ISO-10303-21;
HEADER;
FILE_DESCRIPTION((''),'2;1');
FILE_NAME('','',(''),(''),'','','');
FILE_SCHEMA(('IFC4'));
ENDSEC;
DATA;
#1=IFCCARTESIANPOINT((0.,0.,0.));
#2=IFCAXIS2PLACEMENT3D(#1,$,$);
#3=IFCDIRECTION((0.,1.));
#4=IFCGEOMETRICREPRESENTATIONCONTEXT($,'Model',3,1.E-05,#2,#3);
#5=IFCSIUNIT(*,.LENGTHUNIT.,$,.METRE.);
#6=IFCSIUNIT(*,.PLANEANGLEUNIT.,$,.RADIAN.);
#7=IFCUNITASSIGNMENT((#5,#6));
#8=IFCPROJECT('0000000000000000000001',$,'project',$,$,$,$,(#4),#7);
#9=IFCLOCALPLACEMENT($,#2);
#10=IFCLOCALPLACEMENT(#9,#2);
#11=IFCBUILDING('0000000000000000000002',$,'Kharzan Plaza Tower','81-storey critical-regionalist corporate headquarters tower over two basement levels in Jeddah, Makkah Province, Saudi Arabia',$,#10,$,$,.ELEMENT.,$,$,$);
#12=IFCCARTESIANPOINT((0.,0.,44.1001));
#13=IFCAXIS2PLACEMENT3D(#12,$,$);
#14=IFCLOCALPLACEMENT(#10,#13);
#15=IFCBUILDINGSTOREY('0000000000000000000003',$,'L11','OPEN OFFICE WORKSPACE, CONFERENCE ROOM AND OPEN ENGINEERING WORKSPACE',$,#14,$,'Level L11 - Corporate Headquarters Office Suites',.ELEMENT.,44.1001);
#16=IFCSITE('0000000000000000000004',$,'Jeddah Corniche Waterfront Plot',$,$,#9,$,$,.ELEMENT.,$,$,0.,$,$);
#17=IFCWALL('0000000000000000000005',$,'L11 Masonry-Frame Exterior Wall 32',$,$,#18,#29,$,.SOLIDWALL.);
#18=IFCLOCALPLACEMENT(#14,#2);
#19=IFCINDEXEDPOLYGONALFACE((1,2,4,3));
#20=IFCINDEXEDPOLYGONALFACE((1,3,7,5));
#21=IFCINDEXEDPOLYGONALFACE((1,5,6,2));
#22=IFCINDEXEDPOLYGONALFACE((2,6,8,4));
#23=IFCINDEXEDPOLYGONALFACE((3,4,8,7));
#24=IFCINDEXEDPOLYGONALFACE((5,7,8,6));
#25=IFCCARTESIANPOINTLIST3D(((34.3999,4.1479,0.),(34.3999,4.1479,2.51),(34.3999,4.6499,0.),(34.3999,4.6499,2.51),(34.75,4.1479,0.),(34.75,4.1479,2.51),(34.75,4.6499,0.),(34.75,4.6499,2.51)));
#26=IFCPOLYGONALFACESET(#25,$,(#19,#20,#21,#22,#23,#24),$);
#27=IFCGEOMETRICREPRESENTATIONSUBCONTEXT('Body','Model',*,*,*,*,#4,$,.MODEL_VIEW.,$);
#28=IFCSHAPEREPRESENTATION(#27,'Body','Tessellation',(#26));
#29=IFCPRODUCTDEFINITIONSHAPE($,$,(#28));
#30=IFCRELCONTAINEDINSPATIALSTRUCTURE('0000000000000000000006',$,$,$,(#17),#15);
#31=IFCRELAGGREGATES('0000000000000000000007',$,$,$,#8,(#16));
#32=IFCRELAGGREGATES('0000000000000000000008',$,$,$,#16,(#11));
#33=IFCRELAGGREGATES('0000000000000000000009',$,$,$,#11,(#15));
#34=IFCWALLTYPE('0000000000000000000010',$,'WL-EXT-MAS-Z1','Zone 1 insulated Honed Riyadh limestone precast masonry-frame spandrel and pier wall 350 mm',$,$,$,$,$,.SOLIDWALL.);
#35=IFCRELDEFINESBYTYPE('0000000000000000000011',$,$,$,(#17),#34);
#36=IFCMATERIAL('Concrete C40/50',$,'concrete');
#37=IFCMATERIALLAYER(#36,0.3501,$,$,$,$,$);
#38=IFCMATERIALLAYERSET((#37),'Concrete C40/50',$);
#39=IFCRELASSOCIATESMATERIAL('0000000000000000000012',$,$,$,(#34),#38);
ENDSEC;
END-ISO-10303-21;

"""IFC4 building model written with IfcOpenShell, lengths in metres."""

from ifc_helpers import new_model, si_unit, direction, frame, frame_2d, origin, place, context, subcontext, project, spatial, rectangle, extrude, source, transform, mapped, material, layer, layer_set, type_object, element, save


model = new_model("IFC4")

# Units and contexts
model_context = context("Model", 3, precision=1e-05, world=origin(), true_north=direction((0.0, 1.0)))
body_context = subcontext(model_context, "Body", "Model", "MODEL_VIEW")
ifc_project = project(units=[si_unit("LENGTHUNIT", "METRE"), si_unit("PLANEANGLEUNIT", "RADIAN")], contexts=[model_context])

# Site, building, storey
site_placement = place(None, origin())
site = spatial("IfcSite", under=ifc_project, at=site_placement, Name="Jeddah Corniche Waterfront Plot", CompositionType="ELEMENT", RefElevation=0.0)
building_placement = place(site_placement, origin())
building = spatial("IfcBuilding", under=site, at=building_placement, Name="Kharzan Plaza Tower", Description="81-storey critical-regionalist corporate headquarters tower over two basement levels in Jeddah, Makkah Province, Saudi Arabia", CompositionType="ELEMENT")
storey_placement = place(building_placement, frame((0.0, 0.0, 44.1001)))
storey = spatial("IfcBuildingStorey", under=building, at=storey_placement, Name="L11", Description="OPEN OFFICE WORKSPACE, CONFERENCE ROOM AND OPEN ENGINEERING WORKSPACE", LongName="Level L11 - Corporate Headquarters Office Suites", CompositionType="ELEMENT", Elevation=44.1001)

# Shared definitions
ifc_material_1 = material(Name="Concrete C40/50", Category="concrete")
ifc_layer_1 = layer(ifc_material_1, 0.3501)
ifc_layer_set_1 = layer_set([ifc_layer_1], Name="Concrete C40/50")
wall_type = type_object("IfcWallType", Name="WL-EXT-MAS-Z1", Description="Zone 1 insulated Honed Riyadh limestone precast masonry-frame spandrel and pier wall 350 mm", PredefinedType="SOLIDWALL", material=ifc_layer_set_1)

# Wall
shared_shape_1 = source(origin(), body_context, "Body", "SweptSolid", [
    extrude(rectangle(XDim=0.502, YDim=0.3501, at=frame_2d((0.251, 0.0))), origin(), (0.0, 0.0, 1.0), 2.51),
])
wall_1_placement = place(storey_placement, frame((34.575, 4.6499, 0.0), z_axis=(0.0, 0.0, 1.0), x_axis=(0.0, -1.0, 0.0)))
element("IfcWall", 1, at=wall_1_placement, inside=storey, type_object=wall_type, Name="L11 Masonry-Frame Exterior Wall 32", PredefinedType="SOLIDWALL", context=body_context, shape_type="MappedRepresentation", body=[
    mapped(shared_shape_1, transform((0.0, 0.0, 0.0), x_axis=(1.0, 0.0, 0.0), y_axis=(0.0, 1.0, 0.0), z_axis=(0.0, 0.0, 1.0))),
])

save(model, "model.ifc")
